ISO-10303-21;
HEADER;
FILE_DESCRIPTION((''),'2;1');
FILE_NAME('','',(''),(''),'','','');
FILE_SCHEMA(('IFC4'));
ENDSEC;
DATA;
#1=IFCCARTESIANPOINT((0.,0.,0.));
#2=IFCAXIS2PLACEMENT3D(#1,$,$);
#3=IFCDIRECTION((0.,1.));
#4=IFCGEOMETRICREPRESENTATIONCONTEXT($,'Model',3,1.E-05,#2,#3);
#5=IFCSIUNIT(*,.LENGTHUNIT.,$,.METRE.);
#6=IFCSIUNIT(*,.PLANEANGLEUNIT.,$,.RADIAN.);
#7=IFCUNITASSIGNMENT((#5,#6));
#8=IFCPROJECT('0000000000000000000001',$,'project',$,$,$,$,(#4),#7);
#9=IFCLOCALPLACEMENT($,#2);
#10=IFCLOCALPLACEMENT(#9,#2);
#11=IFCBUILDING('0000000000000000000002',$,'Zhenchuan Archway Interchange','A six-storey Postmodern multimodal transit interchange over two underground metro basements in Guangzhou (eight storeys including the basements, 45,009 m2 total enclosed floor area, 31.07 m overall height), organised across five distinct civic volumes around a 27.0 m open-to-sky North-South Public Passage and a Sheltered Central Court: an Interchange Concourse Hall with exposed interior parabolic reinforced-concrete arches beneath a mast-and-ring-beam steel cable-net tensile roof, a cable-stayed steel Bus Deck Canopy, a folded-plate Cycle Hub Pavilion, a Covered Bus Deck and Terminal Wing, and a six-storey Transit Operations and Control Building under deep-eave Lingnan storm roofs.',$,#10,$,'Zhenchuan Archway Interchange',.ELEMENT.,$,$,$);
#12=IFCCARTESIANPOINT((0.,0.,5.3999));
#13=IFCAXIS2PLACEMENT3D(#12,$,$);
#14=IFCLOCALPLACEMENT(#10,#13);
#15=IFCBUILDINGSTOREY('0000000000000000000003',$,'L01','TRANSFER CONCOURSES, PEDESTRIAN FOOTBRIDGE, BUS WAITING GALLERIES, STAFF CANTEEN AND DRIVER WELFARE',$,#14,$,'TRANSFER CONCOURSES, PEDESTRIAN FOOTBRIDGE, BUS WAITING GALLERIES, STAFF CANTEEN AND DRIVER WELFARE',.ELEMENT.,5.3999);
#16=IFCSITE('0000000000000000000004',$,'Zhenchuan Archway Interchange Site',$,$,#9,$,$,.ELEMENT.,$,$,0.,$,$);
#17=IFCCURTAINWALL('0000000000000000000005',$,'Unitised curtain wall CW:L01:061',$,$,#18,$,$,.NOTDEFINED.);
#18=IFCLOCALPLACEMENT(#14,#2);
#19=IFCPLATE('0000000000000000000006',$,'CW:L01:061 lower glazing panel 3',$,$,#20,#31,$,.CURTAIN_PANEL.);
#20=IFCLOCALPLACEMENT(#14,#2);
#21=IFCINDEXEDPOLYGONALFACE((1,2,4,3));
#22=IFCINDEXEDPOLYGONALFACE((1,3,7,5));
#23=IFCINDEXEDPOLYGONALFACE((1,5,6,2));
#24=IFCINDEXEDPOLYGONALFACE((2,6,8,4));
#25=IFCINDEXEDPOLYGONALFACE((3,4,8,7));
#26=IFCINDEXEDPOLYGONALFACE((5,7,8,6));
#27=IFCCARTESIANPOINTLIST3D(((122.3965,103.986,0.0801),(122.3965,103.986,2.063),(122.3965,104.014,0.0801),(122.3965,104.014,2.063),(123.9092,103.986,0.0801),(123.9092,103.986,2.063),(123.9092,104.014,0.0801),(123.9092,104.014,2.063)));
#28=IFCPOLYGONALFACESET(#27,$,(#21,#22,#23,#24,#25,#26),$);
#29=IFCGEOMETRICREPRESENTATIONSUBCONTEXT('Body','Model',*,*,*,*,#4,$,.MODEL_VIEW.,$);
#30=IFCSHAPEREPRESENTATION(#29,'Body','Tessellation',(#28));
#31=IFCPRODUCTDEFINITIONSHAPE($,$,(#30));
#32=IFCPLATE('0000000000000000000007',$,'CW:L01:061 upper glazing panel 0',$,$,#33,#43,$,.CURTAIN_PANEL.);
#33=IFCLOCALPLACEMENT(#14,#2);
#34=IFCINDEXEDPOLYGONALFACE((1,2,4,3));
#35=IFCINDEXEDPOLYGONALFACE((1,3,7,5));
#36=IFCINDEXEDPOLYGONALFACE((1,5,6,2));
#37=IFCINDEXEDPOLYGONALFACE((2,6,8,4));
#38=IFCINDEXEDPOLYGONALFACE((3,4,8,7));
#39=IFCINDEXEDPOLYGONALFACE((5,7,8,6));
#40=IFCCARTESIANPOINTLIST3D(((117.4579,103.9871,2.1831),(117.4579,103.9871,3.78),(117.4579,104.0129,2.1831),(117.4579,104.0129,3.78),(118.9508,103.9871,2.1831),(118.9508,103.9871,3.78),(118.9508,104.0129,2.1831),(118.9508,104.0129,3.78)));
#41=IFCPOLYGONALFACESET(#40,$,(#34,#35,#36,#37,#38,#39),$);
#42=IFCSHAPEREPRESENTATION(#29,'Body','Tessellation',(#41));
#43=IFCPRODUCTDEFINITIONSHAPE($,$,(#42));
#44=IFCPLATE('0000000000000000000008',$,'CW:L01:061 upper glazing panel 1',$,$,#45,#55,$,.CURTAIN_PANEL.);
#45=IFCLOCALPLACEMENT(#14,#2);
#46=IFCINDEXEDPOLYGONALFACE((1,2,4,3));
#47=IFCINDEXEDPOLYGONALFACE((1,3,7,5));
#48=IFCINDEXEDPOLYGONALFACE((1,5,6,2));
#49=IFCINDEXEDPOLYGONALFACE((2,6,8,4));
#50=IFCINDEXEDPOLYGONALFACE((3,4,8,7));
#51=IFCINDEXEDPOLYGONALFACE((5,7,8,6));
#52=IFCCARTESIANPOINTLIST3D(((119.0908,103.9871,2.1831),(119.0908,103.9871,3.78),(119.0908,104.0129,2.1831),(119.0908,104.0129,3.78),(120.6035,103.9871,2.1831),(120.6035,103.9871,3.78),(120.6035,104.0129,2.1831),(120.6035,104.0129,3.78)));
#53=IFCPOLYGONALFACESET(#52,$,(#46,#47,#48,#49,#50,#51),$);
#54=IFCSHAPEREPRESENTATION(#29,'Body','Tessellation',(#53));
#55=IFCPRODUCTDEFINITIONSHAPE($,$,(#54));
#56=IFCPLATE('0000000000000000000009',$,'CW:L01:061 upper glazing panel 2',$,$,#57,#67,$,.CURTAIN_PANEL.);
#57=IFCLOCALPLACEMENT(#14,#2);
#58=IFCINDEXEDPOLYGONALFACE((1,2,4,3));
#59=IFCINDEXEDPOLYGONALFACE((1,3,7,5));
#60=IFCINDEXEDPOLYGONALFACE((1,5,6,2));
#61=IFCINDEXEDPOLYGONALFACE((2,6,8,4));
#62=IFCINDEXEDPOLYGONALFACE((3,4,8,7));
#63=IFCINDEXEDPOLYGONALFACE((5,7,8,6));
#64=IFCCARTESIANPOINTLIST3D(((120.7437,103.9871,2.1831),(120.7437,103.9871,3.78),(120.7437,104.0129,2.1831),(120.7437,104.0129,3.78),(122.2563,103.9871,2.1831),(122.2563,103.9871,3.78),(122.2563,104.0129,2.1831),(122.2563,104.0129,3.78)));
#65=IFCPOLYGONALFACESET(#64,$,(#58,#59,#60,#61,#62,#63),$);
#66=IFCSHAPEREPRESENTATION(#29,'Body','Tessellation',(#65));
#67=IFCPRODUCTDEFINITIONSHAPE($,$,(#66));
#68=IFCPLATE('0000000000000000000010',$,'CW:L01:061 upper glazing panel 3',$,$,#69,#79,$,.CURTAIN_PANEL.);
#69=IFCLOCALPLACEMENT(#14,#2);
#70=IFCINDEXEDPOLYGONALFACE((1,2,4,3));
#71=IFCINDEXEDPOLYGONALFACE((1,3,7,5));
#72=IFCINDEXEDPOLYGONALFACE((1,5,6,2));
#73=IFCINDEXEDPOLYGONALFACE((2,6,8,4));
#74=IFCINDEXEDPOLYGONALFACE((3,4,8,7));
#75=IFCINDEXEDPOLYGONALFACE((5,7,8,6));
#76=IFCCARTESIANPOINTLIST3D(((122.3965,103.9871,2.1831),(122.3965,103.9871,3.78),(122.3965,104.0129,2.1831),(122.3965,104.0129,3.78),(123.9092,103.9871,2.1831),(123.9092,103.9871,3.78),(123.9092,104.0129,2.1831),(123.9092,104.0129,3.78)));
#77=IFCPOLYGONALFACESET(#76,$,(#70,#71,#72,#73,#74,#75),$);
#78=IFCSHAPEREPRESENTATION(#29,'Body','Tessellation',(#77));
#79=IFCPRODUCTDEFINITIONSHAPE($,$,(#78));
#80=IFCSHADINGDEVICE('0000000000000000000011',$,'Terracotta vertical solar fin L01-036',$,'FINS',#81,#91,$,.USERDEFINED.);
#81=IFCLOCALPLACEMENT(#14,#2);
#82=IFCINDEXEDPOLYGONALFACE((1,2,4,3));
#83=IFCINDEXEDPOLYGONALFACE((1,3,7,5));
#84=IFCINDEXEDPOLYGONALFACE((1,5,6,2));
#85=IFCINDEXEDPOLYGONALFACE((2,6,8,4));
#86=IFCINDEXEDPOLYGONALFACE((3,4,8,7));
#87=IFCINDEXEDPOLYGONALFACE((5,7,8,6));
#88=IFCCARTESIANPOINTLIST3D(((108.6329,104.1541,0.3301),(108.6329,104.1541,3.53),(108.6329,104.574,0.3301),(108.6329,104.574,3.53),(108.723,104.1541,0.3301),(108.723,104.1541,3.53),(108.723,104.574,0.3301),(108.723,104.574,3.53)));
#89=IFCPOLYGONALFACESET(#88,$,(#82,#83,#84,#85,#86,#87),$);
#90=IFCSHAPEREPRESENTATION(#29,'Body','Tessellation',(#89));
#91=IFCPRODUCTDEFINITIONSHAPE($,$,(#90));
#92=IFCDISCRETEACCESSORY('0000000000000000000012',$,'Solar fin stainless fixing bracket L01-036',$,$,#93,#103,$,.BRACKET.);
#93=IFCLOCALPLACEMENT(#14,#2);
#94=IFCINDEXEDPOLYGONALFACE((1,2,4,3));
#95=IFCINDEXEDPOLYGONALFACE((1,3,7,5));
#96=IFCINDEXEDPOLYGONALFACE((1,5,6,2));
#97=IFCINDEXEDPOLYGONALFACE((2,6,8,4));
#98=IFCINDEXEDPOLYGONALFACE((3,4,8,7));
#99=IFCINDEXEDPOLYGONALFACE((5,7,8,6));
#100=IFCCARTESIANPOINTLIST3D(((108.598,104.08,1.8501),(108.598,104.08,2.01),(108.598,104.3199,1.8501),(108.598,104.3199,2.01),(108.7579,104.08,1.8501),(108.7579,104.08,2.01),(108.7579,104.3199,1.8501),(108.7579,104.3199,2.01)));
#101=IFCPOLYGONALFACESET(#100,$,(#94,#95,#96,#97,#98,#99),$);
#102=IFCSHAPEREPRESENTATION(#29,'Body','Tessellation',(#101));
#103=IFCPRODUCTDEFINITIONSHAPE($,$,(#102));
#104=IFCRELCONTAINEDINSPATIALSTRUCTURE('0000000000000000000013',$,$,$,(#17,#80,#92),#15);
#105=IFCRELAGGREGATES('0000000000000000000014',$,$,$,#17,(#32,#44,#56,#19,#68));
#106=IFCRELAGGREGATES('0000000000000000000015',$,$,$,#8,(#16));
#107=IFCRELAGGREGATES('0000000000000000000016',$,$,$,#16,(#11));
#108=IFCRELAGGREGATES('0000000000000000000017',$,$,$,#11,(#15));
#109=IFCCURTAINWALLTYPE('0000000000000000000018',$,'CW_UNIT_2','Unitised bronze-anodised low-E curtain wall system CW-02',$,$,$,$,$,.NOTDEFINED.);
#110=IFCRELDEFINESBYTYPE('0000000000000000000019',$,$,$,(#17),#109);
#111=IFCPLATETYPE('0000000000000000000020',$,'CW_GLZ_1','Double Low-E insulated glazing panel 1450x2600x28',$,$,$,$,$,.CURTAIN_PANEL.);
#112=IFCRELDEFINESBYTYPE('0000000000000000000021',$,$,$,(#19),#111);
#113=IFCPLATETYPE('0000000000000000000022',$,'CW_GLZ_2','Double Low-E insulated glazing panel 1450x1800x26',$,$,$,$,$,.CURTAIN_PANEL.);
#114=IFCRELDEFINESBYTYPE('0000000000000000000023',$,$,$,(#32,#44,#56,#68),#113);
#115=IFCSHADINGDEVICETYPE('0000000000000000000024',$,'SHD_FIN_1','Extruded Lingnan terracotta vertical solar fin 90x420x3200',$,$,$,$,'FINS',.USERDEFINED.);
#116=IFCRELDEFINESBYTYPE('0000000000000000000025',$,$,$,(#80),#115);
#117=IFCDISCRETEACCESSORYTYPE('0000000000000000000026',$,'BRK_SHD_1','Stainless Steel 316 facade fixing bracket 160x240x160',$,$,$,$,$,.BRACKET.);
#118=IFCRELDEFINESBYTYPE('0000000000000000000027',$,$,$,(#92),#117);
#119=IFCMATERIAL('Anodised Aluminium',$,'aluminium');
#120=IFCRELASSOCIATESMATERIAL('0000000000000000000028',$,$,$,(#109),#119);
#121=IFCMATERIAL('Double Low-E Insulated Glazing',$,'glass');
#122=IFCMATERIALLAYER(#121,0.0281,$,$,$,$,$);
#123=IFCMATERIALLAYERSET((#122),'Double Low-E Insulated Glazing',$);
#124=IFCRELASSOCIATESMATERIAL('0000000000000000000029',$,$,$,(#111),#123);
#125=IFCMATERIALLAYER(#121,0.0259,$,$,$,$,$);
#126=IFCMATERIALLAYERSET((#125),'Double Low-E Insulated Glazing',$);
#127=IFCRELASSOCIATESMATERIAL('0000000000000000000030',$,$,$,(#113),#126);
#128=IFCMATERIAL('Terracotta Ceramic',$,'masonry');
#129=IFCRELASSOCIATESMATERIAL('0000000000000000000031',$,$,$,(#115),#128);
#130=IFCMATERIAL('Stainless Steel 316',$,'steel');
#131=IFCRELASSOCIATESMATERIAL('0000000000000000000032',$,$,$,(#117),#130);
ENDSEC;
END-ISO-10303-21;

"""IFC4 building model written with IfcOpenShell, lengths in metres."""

from ifc_helpers import new_model, si_unit, direction, frame, origin, origin_2d, place, context, subcontext, project, spatial, rectangle, extrude, material, layer, layer_set, type_object, element, aggregate, save


model = new_model("IFC4")

# Units and contexts
model_context = context("Model", 3, precision=1e-05, world=origin(), true_north=direction((0.0, 1.0)))
body_context = subcontext(model_context, "Body", "Model", "MODEL_VIEW")
ifc_project = project(units=[si_unit("LENGTHUNIT", "METRE"), si_unit("PLANEANGLEUNIT", "RADIAN")], contexts=[model_context])

# Site, building, storey
site_placement = place(None, origin())
site = spatial("IfcSite", under=ifc_project, at=site_placement, Name="Zhenchuan Archway Interchange Site", CompositionType="ELEMENT", RefElevation=0.0)
building_placement = place(site_placement, origin())
building = spatial("IfcBuilding", under=site, at=building_placement, Name="Zhenchuan Archway Interchange", Description="A six-storey Postmodern multimodal transit interchange over two underground metro basements in Guangzhou (eight storeys including the basements, 45,009 m2 total enclosed floor area, 31.07 m overall height), organised across five distinct civic volumes around a 27.0 m open-to-sky North-South Public Passage and a Sheltered Central Court: an Interchange Concourse Hall with exposed interior parabolic reinforced-concrete arches beneath a mast-and-ring-beam steel cable-net tensile roof, a cable-stayed steel Bus Deck Canopy, a folded-plate Cycle Hub Pavilion, a Covered Bus Deck and Terminal Wing, and a six-storey Transit Operations and Control Building under deep-eave Lingnan storm roofs.", LongName="Zhenchuan Archway Interchange", CompositionType="ELEMENT")
storey_placement = place(building_placement, frame((0.0, 0.0, 5.3999)))
storey = spatial("IfcBuildingStorey", under=building, at=storey_placement, Name="L01", Description="TRANSFER CONCOURSES, PEDESTRIAN FOOTBRIDGE, BUS WAITING GALLERIES, STAFF CANTEEN AND DRIVER WELFARE", LongName="TRANSFER CONCOURSES, PEDESTRIAN FOOTBRIDGE, BUS WAITING GALLERIES, STAFF CANTEEN AND DRIVER WELFARE", CompositionType="ELEMENT", Elevation=5.3999)

# Curtain wall
ifc_material_1 = material(Name="Anodised Aluminium", Category="aluminium")
curtain_wall_type = type_object("IfcCurtainWallType", Name="CW_UNIT_2", Description="Unitised bronze-anodised low-E curtain wall system CW-02", PredefinedType="NOTDEFINED", material=ifc_material_1)
curtain_wall_placement = place(storey_placement, origin())
curtain_wall = element("IfcCurtainWall", 1, at=curtain_wall_placement, inside=storey, type_object=curtain_wall_type, Name="Unitised curtain wall CW:L01:061", PredefinedType="NOTDEFINED")

# Plates
ifc_material_2 = material(Name="Double Low-E Insulated Glazing", Category="glass")
ifc_layer_1 = layer(ifc_material_2, 0.0281)
ifc_layer_set_1 = layer_set([ifc_layer_1], Name="Double Low-E Insulated Glazing")
plate_type_1 = type_object("IfcPlateType", Name="CW_GLZ_1", Description="Double Low-E insulated glazing panel 1450x2600x28", PredefinedType="CURTAIN_PANEL", material=ifc_layer_set_1)
plate_1_placement = place(storey_placement, frame((123.1528, 104.0, 0.0801), z_axis=(0.0, 0.0, 1.0), x_axis=(1.0, 0.0, 0.0)))
plate_1 = element("IfcPlate", 2, at=plate_1_placement, type_object=plate_type_1, Name="CW:L01:061 lower glazing panel 3", PredefinedType="CURTAIN_PANEL", context=body_context, shape_type="SweptSolid", body=[
    extrude(rectangle(XDim=1.5127, YDim=0.0281, at=origin_2d()), origin(), (0.0, 0.0, 1.0), 1.9829),
])
ifc_layer_2 = layer(ifc_material_2, 0.0259)
ifc_layer_set_2 = layer_set([ifc_layer_2], Name="Double Low-E Insulated Glazing")
plate_type_2 = type_object("IfcPlateType", Name="CW_GLZ_2", Description="Double Low-E insulated glazing panel 1450x1800x26", PredefinedType="CURTAIN_PANEL", material=ifc_layer_set_2)
plate_2_placement = place(storey_placement, frame((118.2043, 104.0, 2.1831), z_axis=(0.0, 0.0, 1.0), x_axis=(1.0, 0.0, 0.0)))
plate_2 = element("IfcPlate", 3, at=plate_2_placement, type_object=plate_type_2, Name="CW:L01:061 upper glazing panel 0", PredefinedType="CURTAIN_PANEL", context=body_context, shape_type="SweptSolid", body=[
    extrude(rectangle(XDim=1.4929, YDim=0.0259, at=origin_2d()), origin(), (0.0, 0.0, 1.0), 1.5969),
])
plate_3_placement = place(storey_placement, frame((119.8472, 104.0, 2.1831), z_axis=(0.0, 0.0, 1.0), x_axis=(1.0, 0.0, 0.0)))
plate_3 = element("IfcPlate", 4, at=plate_3_placement, type_object=plate_type_2, Name="CW:L01:061 upper glazing panel 1", PredefinedType="CURTAIN_PANEL", context=body_context, shape_type="SweptSolid", body=[
    extrude(rectangle(XDim=1.5127, YDim=0.0259, at=origin_2d()), origin(), (0.0, 0.0, 1.0), 1.5969),
])
plate_4_placement = place(storey_placement, frame((121.5, 104.0, 2.1831), z_axis=(0.0, 0.0, 1.0), x_axis=(1.0, 0.0, 0.0)))
plate_4 = element("IfcPlate", 5, at=plate_4_placement, type_object=plate_type_2, Name="CW:L01:061 upper glazing panel 2", PredefinedType="CURTAIN_PANEL", context=body_context, shape_type="SweptSolid", body=[
    extrude(rectangle(XDim=1.5127, YDim=0.0259, at=origin_2d()), origin(), (0.0, 0.0, 1.0), 1.5969),
])
plate_5_placement = place(storey_placement, frame((123.1528, 104.0, 2.1831), z_axis=(0.0, 0.0, 1.0), x_axis=(1.0, 0.0, 0.0)))
plate_5 = element("IfcPlate", 6, at=plate_5_placement, type_object=plate_type_2, Name="CW:L01:061 upper glazing panel 3", PredefinedType="CURTAIN_PANEL", context=body_context, shape_type="SweptSolid", body=[
    extrude(rectangle(XDim=1.5127, YDim=0.0259, at=origin_2d()), origin(), (0.0, 0.0, 1.0), 1.5969),
])
aggregate(curtain_wall, [plate_2, plate_3, plate_4, plate_1, plate_5])

# Shading device
ifc_material_3 = material(Name="Terracotta Ceramic", Category="masonry")
shading_device_type = type_object("IfcShadingDeviceType", Name="SHD_FIN_1", Description="Extruded Lingnan terracotta vertical solar fin 90x420x3200", ElementType="FINS", PredefinedType="USERDEFINED", material=ifc_material_3)
shading_device_placement = place(storey_placement, frame((108.678, 104.364, 0.3301), z_axis=(0.0, 0.0, 1.0), x_axis=(1.0, 0.0, 0.0)))
element("IfcShadingDevice", 7, at=shading_device_placement, inside=storey, type_object=shading_device_type, Name="Terracotta vertical solar fin L01-036", ObjectType="FINS", PredefinedType="USERDEFINED", context=body_context, shape_type="SweptSolid", body=[
    extrude(rectangle(XDim=0.0901, YDim=0.4199, at=origin_2d()), origin(), (0.0, 0.0, 1.0), 3.2),
])

# Discrete accessory
ifc_material_4 = material(Name="Stainless Steel 316", Category="steel")
discrete_accessory_type = type_object("IfcDiscreteAccessoryType", Name="BRK_SHD_1", Description="Stainless Steel 316 facade fixing bracket 160x240x160", PredefinedType="BRACKET", material=ifc_material_4)
discrete_accessory_placement = place(storey_placement, frame((108.678, 104.2, 1.8501), z_axis=(0.0, 0.0, 1.0), x_axis=(1.0, 0.0, 0.0)))
element("IfcDiscreteAccessory", 8, at=discrete_accessory_placement, inside=storey, type_object=discrete_accessory_type, Name="Solar fin stainless fixing bracket L01-036", PredefinedType="BRACKET", context=body_context, shape_type="SweptSolid", body=[
    extrude(rectangle(XDim=0.1599, YDim=0.24, at=origin_2d()), origin(), (0.0, 0.0, 1.0), 0.1599),
])

save(model, "model.ifc")
